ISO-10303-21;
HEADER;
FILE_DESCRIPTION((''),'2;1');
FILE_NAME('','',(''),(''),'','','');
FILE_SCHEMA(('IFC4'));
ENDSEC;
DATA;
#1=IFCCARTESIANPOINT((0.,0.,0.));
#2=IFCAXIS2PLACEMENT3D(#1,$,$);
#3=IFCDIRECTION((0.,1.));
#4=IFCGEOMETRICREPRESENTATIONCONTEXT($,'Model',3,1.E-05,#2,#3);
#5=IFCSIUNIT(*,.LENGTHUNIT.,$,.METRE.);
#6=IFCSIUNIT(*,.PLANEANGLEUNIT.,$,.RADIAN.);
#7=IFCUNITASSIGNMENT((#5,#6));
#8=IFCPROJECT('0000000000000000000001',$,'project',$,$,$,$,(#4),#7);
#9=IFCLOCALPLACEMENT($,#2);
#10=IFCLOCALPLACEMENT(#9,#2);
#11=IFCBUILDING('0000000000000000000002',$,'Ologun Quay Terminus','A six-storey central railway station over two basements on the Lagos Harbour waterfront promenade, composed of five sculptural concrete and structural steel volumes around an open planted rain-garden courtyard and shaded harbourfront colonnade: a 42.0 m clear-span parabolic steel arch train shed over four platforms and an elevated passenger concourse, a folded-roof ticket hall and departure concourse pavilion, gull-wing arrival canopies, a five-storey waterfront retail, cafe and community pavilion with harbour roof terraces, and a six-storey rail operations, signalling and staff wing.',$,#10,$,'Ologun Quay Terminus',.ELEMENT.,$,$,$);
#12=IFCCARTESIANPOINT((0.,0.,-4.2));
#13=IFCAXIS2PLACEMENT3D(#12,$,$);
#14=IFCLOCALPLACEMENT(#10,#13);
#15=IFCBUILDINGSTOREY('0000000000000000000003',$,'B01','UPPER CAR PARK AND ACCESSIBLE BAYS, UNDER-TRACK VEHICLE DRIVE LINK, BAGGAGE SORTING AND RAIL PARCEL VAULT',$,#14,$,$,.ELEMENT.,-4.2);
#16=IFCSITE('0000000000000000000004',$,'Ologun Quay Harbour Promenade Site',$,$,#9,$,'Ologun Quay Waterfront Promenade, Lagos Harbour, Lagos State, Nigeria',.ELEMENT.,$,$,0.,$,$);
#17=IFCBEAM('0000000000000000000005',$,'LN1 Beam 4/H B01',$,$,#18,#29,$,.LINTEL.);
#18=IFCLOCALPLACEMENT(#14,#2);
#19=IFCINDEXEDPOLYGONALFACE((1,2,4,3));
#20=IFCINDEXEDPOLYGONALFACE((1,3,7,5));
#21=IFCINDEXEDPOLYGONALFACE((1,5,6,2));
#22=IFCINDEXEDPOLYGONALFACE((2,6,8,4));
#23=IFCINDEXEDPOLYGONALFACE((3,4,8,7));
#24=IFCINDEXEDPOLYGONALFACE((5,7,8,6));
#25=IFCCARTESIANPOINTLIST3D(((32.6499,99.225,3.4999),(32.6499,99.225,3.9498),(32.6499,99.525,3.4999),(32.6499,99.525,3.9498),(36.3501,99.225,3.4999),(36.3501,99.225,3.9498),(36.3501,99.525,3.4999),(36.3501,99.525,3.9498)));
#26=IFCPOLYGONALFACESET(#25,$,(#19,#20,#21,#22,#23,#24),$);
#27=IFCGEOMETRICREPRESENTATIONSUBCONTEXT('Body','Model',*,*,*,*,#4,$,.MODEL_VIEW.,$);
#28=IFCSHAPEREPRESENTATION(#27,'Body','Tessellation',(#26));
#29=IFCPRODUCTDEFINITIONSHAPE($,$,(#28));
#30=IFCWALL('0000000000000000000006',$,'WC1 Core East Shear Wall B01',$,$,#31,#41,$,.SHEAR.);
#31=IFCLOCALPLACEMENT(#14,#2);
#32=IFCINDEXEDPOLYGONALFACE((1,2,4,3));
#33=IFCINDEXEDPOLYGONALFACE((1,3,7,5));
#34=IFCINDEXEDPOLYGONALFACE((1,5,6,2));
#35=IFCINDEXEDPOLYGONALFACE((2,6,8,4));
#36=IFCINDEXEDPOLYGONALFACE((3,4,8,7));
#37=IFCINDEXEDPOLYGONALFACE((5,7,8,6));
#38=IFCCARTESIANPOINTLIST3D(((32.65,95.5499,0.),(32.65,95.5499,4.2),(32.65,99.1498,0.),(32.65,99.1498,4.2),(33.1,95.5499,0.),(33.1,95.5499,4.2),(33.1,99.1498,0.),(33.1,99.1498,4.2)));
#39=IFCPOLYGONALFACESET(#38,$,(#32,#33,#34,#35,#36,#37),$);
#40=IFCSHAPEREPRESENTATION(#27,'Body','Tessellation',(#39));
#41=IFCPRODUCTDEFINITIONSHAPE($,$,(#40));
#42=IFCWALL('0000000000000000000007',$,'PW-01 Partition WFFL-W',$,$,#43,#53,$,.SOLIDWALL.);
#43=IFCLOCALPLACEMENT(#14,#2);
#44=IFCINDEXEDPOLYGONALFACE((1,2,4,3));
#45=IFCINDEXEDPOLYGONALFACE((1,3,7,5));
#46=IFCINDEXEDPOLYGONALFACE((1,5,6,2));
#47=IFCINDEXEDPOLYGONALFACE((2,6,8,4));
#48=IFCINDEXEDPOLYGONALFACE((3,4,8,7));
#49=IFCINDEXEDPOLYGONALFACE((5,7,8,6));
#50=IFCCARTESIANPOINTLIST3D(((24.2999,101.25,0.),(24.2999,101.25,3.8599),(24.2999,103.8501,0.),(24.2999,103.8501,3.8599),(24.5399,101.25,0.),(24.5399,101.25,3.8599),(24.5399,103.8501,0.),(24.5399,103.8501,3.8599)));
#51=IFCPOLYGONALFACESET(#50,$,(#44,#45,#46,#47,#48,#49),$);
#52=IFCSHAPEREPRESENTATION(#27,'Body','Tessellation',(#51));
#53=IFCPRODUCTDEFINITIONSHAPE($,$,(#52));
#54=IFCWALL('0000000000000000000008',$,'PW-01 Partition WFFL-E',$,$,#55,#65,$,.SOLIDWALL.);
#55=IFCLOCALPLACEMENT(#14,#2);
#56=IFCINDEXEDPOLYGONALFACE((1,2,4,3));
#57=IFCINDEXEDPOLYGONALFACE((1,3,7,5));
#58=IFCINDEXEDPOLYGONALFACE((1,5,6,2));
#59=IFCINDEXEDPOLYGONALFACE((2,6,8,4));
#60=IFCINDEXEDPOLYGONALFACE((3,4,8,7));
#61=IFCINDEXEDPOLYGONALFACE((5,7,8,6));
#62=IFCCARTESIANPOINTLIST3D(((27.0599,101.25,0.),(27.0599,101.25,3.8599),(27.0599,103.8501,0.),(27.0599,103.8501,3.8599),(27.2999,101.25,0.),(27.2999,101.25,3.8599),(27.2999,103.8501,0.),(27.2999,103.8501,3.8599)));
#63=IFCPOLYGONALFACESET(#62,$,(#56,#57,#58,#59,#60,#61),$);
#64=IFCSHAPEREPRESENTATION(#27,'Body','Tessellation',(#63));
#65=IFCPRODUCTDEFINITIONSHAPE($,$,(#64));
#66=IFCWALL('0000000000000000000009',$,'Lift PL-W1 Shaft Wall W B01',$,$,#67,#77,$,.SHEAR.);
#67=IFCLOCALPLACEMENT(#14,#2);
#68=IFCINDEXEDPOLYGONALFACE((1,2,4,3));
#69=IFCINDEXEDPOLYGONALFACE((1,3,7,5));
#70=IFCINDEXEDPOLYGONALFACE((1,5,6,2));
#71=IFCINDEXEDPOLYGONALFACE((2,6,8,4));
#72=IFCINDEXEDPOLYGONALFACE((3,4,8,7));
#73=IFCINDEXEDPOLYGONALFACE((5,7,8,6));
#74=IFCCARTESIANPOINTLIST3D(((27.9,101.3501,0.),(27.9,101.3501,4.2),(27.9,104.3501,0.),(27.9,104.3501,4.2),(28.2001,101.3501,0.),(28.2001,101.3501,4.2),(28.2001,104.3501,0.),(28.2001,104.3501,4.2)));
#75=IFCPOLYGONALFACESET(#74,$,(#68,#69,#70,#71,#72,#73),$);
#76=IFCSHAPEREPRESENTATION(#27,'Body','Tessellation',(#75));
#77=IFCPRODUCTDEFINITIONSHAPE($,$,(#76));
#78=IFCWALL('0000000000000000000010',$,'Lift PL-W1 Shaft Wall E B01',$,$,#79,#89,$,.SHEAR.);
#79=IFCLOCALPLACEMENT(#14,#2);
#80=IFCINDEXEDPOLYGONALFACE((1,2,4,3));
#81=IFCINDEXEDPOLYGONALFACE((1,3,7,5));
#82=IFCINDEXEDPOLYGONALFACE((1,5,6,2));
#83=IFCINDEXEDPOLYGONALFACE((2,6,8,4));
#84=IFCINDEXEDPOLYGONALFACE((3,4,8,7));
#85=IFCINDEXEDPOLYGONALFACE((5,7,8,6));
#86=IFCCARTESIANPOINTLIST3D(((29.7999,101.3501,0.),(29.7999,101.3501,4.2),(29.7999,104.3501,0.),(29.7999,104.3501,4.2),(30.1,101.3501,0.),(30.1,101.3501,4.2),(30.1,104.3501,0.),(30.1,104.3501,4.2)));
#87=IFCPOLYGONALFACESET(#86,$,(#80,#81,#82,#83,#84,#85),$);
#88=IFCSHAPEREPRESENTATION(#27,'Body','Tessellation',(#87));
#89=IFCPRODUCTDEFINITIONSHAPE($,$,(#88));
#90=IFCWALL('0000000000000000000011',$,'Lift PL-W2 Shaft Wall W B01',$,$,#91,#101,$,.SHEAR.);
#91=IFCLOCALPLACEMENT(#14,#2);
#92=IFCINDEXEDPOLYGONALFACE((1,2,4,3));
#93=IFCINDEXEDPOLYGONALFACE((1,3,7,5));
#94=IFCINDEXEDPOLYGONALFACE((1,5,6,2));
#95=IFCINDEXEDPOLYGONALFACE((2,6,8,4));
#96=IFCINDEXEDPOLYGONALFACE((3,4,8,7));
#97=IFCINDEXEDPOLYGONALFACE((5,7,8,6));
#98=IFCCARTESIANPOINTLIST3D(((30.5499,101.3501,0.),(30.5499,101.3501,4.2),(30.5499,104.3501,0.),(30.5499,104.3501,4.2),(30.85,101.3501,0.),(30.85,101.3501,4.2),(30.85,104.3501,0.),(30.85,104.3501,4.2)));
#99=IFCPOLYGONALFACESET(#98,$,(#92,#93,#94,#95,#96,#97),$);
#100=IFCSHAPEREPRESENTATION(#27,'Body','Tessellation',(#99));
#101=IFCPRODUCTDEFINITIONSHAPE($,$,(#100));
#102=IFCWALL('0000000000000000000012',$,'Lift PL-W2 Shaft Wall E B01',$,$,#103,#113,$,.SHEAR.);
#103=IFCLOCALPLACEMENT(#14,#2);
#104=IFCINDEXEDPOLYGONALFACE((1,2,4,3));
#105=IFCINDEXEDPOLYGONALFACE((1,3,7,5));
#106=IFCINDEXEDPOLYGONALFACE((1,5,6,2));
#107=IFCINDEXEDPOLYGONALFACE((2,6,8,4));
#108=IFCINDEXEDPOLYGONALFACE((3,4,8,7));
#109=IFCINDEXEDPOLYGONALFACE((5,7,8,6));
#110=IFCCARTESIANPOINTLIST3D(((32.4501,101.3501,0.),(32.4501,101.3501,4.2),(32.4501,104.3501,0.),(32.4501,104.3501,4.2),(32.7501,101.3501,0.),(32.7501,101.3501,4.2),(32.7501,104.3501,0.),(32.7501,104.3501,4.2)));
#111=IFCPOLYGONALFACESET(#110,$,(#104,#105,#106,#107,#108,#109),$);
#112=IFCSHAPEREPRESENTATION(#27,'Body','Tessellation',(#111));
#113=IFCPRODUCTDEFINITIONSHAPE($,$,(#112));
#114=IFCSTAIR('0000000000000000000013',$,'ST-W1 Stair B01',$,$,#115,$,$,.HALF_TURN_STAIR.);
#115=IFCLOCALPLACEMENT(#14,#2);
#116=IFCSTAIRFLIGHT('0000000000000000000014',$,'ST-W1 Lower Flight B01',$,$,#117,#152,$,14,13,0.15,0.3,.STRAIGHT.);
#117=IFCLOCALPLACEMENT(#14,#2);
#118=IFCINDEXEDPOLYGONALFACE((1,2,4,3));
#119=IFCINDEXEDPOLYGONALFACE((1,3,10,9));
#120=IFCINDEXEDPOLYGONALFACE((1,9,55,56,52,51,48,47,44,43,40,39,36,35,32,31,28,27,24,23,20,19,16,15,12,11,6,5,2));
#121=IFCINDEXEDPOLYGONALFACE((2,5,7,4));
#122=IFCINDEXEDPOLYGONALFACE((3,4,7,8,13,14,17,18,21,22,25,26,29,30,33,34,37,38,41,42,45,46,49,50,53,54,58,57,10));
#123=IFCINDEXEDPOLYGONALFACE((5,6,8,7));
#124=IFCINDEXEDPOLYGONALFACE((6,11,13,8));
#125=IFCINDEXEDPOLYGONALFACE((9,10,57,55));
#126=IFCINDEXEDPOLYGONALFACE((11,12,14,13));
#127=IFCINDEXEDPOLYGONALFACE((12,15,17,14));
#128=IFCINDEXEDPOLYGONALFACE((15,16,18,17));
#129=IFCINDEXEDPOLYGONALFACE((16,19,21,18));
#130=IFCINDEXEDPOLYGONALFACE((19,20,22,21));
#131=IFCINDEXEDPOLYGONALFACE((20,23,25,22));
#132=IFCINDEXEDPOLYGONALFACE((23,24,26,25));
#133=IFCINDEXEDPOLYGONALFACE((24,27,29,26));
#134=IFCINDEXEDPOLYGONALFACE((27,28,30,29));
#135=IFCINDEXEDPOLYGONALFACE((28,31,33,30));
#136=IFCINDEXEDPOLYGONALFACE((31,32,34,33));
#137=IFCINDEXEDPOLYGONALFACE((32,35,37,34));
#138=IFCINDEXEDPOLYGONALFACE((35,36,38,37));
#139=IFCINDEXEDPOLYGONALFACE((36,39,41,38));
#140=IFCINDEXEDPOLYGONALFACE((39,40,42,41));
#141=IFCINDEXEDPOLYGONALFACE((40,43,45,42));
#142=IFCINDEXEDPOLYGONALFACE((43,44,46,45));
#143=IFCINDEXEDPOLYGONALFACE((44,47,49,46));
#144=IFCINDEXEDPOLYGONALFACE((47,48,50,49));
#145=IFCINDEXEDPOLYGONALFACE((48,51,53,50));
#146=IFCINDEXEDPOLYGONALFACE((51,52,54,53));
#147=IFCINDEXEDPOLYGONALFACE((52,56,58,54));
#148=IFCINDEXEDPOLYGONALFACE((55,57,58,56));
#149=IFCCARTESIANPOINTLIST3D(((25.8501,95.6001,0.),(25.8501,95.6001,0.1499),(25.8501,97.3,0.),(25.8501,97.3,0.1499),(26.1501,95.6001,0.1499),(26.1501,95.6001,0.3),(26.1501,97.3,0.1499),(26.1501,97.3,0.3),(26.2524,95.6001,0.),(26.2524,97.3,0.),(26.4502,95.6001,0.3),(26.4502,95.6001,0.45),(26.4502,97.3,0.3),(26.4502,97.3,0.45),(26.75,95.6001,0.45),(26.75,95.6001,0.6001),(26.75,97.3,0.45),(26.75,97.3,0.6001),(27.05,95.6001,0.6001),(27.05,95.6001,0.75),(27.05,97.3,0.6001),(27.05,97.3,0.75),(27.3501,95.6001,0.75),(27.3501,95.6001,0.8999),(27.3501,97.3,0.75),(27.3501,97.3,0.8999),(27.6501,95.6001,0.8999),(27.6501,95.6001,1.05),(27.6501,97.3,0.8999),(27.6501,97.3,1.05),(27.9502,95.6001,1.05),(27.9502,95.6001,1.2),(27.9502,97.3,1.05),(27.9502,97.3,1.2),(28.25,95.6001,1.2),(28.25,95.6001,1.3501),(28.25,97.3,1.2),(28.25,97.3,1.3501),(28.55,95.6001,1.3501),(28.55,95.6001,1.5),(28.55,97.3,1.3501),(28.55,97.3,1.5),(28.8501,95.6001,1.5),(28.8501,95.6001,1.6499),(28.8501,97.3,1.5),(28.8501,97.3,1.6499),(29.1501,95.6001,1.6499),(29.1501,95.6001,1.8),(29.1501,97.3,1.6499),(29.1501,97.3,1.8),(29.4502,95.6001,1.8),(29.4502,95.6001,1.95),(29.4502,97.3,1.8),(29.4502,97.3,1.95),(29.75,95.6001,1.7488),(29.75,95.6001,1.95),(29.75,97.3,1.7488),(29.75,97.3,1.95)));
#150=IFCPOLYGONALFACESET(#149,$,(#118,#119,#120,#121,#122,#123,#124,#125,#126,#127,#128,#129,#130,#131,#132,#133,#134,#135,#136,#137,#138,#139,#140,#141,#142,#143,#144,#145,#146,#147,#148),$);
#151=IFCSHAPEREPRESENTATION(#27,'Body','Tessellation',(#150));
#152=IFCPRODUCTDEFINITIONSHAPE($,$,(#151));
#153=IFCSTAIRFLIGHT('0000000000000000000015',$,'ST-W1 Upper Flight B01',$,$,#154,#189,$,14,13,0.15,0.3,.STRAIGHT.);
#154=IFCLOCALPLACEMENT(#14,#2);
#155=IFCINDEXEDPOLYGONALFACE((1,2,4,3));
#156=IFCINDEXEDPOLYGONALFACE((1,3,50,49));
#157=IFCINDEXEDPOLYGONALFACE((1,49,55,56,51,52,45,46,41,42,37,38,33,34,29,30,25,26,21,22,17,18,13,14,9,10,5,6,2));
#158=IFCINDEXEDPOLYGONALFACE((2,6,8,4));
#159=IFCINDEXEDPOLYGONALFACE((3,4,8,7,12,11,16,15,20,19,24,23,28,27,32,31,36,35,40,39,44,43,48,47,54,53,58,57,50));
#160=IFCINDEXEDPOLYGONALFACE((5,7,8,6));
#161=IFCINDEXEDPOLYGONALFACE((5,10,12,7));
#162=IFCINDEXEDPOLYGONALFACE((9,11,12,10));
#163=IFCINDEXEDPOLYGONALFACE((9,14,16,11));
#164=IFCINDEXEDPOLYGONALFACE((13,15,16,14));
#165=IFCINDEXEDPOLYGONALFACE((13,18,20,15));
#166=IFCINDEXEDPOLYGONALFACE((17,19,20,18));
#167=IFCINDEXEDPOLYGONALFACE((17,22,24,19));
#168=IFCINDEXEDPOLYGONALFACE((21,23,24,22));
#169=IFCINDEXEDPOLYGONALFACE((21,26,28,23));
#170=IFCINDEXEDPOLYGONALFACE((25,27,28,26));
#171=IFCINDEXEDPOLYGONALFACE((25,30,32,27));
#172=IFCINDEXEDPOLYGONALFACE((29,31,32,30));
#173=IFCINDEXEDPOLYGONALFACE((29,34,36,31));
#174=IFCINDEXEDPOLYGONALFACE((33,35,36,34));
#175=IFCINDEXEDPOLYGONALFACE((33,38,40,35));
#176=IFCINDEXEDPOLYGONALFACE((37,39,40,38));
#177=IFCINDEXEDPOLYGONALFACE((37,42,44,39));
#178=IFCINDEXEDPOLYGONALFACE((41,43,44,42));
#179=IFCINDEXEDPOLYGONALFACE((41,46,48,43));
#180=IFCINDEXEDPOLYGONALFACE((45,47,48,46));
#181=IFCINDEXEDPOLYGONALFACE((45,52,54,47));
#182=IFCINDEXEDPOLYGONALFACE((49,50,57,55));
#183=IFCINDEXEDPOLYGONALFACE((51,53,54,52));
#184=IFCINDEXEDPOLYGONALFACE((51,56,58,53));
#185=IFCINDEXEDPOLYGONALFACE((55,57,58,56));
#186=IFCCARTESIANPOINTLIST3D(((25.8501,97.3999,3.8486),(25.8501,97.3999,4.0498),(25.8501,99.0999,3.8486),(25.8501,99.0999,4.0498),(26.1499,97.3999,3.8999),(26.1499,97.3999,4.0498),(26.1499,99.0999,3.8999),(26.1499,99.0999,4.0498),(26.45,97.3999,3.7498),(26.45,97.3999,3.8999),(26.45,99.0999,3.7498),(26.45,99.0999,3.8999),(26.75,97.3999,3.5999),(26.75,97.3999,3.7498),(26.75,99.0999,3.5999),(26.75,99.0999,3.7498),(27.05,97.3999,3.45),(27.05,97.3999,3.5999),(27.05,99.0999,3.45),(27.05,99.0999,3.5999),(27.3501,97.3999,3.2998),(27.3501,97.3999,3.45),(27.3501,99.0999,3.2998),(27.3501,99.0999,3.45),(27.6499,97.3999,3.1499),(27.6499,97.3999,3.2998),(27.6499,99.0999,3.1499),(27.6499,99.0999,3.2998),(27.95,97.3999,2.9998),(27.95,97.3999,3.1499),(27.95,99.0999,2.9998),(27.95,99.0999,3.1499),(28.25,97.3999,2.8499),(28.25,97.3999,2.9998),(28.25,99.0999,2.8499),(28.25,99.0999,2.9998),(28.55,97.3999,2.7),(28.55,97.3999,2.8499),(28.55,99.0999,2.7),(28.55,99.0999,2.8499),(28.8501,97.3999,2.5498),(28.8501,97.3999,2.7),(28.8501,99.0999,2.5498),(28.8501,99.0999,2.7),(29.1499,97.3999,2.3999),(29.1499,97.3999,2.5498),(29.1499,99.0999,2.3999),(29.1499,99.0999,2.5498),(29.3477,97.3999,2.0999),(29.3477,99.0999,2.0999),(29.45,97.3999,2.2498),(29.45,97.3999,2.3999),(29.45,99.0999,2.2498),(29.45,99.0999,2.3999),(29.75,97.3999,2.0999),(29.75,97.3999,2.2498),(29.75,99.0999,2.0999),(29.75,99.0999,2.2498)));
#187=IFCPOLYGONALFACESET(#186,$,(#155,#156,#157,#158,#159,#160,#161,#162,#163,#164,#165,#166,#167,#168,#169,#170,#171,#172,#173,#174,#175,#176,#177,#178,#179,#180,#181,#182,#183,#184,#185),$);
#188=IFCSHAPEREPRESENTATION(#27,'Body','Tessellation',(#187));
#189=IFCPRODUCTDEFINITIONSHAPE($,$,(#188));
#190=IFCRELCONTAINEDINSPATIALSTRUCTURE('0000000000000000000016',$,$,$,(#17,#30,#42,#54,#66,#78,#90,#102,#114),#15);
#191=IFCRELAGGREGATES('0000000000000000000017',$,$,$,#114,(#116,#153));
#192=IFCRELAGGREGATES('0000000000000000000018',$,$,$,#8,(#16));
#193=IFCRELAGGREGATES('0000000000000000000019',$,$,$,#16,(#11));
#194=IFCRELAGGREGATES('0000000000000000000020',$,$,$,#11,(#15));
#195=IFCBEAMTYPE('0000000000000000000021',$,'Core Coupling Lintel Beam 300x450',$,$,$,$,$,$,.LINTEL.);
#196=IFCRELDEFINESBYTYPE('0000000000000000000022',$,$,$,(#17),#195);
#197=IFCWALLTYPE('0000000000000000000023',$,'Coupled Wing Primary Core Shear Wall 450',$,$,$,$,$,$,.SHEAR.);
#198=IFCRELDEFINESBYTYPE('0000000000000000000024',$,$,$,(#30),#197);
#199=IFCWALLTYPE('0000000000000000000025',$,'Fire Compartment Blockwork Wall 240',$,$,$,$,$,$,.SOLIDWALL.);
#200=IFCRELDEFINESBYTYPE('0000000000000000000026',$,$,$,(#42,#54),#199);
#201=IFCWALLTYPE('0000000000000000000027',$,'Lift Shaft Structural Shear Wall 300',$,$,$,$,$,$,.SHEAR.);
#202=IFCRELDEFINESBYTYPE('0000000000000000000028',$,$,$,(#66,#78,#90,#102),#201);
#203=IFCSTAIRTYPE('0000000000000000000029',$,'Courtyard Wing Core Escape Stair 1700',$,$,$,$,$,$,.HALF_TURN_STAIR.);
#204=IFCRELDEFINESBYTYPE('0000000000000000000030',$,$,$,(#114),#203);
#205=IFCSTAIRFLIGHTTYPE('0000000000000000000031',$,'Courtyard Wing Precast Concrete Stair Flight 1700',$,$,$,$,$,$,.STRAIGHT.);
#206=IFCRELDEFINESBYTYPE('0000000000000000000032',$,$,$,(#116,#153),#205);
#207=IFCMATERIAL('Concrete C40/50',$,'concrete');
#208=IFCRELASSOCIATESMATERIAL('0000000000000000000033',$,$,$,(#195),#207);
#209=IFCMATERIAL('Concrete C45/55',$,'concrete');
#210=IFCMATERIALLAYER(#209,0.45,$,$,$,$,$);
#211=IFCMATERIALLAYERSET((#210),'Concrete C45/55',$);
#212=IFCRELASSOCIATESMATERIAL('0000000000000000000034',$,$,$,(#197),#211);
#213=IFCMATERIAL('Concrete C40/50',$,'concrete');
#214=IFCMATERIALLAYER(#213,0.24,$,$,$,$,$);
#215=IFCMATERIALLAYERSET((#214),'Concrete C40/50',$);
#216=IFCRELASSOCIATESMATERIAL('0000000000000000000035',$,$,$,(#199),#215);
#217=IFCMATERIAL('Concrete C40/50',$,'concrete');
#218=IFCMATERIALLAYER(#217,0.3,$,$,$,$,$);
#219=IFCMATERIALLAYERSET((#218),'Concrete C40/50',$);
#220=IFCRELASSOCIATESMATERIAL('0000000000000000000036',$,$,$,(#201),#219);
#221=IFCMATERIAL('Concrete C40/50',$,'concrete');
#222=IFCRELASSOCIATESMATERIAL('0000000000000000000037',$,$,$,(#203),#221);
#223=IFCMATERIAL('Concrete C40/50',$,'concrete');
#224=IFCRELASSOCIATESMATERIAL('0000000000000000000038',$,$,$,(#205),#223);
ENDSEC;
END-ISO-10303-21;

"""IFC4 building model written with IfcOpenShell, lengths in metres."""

from ifc_helpers import new_model, si_unit, direction, frame, frame_2d, origin, origin_2d, place, context, subcontext, project, spatial, polyline, rectangle, outline, extrude, material, layer, layer_set, material_profile, profile_set, type_object, element, aggregate, save


model = new_model("IFC4")

# Units and contexts
model_context = context("Model", 3, precision=1e-05, world=origin(), true_north=direction((0.0, 1.0)))
body_context = subcontext(model_context, "Body", "Model", "MODEL_VIEW")
ifc_project = project(units=[si_unit("LENGTHUNIT", "METRE"), si_unit("PLANEANGLEUNIT", "RADIAN")], contexts=[model_context])

# Site, building, storey
site_placement = place(None, origin())
site = spatial("IfcSite", under=ifc_project, at=site_placement, Name="Ologun Quay Harbour Promenade Site", LongName="Ologun Quay Waterfront Promenade, Lagos Harbour, Lagos State, Nigeria", CompositionType="ELEMENT", RefElevation=0.0)
building_placement = place(site_placement, origin())
building = spatial("IfcBuilding", under=site, at=building_placement, Name="Ologun Quay Terminus", Description="A six-storey central railway station over two basements on the Lagos Harbour waterfront promenade, composed of five sculptural concrete and structural steel volumes around an open planted rain-garden courtyard and shaded harbourfront colonnade: a 42.0 m clear-span parabolic steel arch train shed over four platforms and an elevated passenger concourse, a folded-roof ticket hall and departure concourse pavilion, gull-wing arrival canopies, a five-storey waterfront retail, cafe and community pavilion with harbour roof terraces, and a six-storey rail operations, signalling and staff wing.", LongName="Ologun Quay Terminus", CompositionType="ELEMENT")
storey_placement = place(building_placement, frame((0.0, 0.0, -4.2)))
storey = spatial("IfcBuildingStorey", under=building, at=storey_placement, Name="B01", Description="UPPER CAR PARK AND ACCESSIBLE BAYS, UNDER-TRACK VEHICLE DRIVE LINK, BAGGAGE SORTING AND RAIL PARCEL VAULT", CompositionType="ELEMENT", Elevation=-4.2)

# Beam
ifc_material_1 = material(Name="Concrete C40/50", Category="concrete")
ifc_material_profile = material_profile(ifc_material_1, rectangle(XDim=0.3, YDim=0.45, at=origin_2d()), Name="RC 300x450")
ifc_profile_set = profile_set([ifc_material_profile], Name="Concrete C40/50")
beam_type = type_object("IfcBeamType", Name="Core Coupling Lintel Beam 300x450", PredefinedType="LINTEL", material=ifc_profile_set)
beam_placement = place(storey_placement, frame((32.6499, 99.375, 3.7249), z_axis=(1.0, 0.0, 0.0), x_axis=(0.0, 1.0, 0.0)))
element("IfcBeam", 1, at=beam_placement, inside=storey, type_object=beam_type, Name="LN1 Beam 4/H B01", PredefinedType="LINTEL", context=body_context, shape_type="SweptSolid", body=[
    extrude(rectangle(XDim=0.3, YDim=0.45, at=origin_2d()), origin(), (0.0, 0.0, 1.0), 3.7002),
])

# Shared definitions
ifc_material_2 = material(Name="Concrete C45/55", Category="concrete")
ifc_layer_1 = layer(ifc_material_2, 0.45)
ifc_layer_set_1 = layer_set([ifc_layer_1], Name="Concrete C45/55")
wall_type_1 = type_object("IfcWallType", Name="Coupled Wing Primary Core Shear Wall 450", PredefinedType="SHEAR", material=ifc_layer_set_1)

# Wall
wall_1_placement = place(storey_placement, frame((32.875, 95.55, 0.0), z_axis=(0.0, 0.0, 1.0), x_axis=(0.0, 1.0, 0.0)))
element("IfcWall", 2, at=wall_1_placement, inside=storey, type_object=wall_type_1, Name="WC1 Core East Shear Wall B01", PredefinedType="SHEAR", context=body_context, shape_type="SweptSolid", body=[
    extrude(rectangle(XDim=3.5999, YDim=0.45, at=frame_2d((1.7998, 0.0))), origin(), (0.0, 0.0, 1.0), 4.2),
])

# Shared definitions
ifc_material_3 = material(Name="Concrete C40/50", Category="concrete")
ifc_layer_2 = layer(ifc_material_3, 0.24)
ifc_layer_set_2 = layer_set([ifc_layer_2], Name="Concrete C40/50")
wall_type_2 = type_object("IfcWallType", Name="Fire Compartment Blockwork Wall 240", PredefinedType="SOLIDWALL", material=ifc_layer_set_2)

# Walls
for number, where, z_axis, x_axis, name in (
    (3, (24.4199, 101.25, 0.0), (0.0, 0.0, 1.0), (0.0, 1.0, 0.0), "PW-01 Partition WFFL-W"),
    (4, (27.1799, 101.25, 0.0), (0.0, 0.0, 1.0), (0.0, 1.0, 0.0), "PW-01 Partition WFFL-E"),
):
    element("IfcWall", number, at=place(storey_placement, frame(where, z_axis=z_axis, x_axis=x_axis)), inside=storey, type_object=wall_type_2, Name=name, PredefinedType="SOLIDWALL", context=body_context, shape_type="SweptSolid", body=[
        extrude(rectangle(XDim=2.6001, YDim=0.24, at=frame_2d((1.3, 0.0))), origin(), (0.0, 0.0, 1.0), 3.8599),
    ])

# Shared definitions
ifc_material_4 = material(Name="Concrete C40/50", Category="concrete")
ifc_layer_3 = layer(ifc_material_4, 0.3)
ifc_layer_set_3 = layer_set([ifc_layer_3], Name="Concrete C40/50")
wall_type_3 = type_object("IfcWallType", Name="Lift Shaft Structural Shear Wall 300", PredefinedType="SHEAR", material=ifc_layer_set_3)

# Walls
for number, where, z_axis, x_axis, name in (
    (5, (28.05, 101.3501, 0.0), (0.0, 0.0, 1.0), (0.0, 1.0, 0.0), "Lift PL-W1 Shaft Wall W B01"),
    (6, (29.95, 101.3501, 0.0), (0.0, 0.0, 1.0), (0.0, 1.0, 0.0), "Lift PL-W1 Shaft Wall E B01"),
):
    element("IfcWall", number, at=place(storey_placement, frame(where, z_axis=z_axis, x_axis=x_axis)), inside=storey, type_object=wall_type_3, Name=name, PredefinedType="SHEAR", context=body_context, shape_type="SweptSolid", body=[
        extrude(rectangle(XDim=3.0, YDim=0.3, at=frame_2d((1.5, 0.0))), origin(), (0.0, 0.0, 1.0), 4.2),
    ])

# Walls
for number, where, z_axis, x_axis, name in (
    (7, (30.7, 101.3501, 0.0), (0.0, 0.0, 1.0), (0.0, 1.0, 0.0), "Lift PL-W2 Shaft Wall W B01"),
    (8, (32.6001, 101.3501, 0.0), (0.0, 0.0, 1.0), (0.0, 1.0, 0.0), "Lift PL-W2 Shaft Wall E B01"),
):
    element("IfcWall", number, at=place(storey_placement, frame(where, z_axis=z_axis, x_axis=x_axis)), inside=storey, type_object=wall_type_3, Name=name, PredefinedType="SHEAR", context=body_context, shape_type="SweptSolid", body=[
        extrude(rectangle(XDim=3.0, YDim=0.3, at=frame_2d((1.5, 0.0))), origin(), (0.0, 0.0, 1.0), 4.2),
    ])

# Stair, stair flights
ifc_material_5 = material(Name="Concrete C40/50", Category="concrete")
stair_type = type_object("IfcStairType", Name="Courtyard Wing Core Escape Stair 1700", PredefinedType="HALF_TURN_STAIR", material=ifc_material_5)
stair_placement = place(storey_placement, origin())
stair = element("IfcStair", 9, at=stair_placement, inside=storey, type_object=stair_type, Name="ST-W1 Stair B01", PredefinedType="HALF_TURN_STAIR")
ifc_material_6 = material(Name="Concrete C40/50", Category="concrete")
stair_flight_type = type_object("IfcStairFlightType", Name="Courtyard Wing Precast Concrete Stair Flight 1700", PredefinedType="STRAIGHT", material=ifc_material_6)
stair_flight_1_placement = place(storey_placement, frame((25.8501, 96.45, 0.0), z_axis=(0.0, 0.0, 1.0), x_axis=(1.0, 0.0, 0.0)))
stair_flight_1 = element("IfcStairFlight", 10, at=stair_flight_1_placement, type_object=stair_flight_type, Name="ST-W1 Lower Flight B01", NumberOfRisers=14, NumberOfTreads=13, PredefinedType="STRAIGHT", RiserHeight=0.15, TreadLength=0.3, context=body_context, shape_type="SweptSolid", body=[
    extrude(outline(polyline([(0.0, 0.0), (0.0, 0.1499), (0.3, 0.1499), (0.3, 0.3), (0.6001, 0.3), (0.6001, 0.45), (0.8999, 0.45), (0.8999, 0.6001), (1.2, 0.6001), (1.2, 0.75), (1.5, 0.75), (1.5, 0.8999), (1.8, 0.8999), (1.8, 1.05), (2.1001, 1.05), (2.1001, 1.2), (2.3999, 1.2), (2.3999, 1.3501), (2.7, 1.3501), (2.7, 1.5), (3.0, 1.5), (3.0, 1.6499), (3.3, 1.6499), (3.3, 1.8), (3.6001, 1.8), (3.6001, 1.95), (3.8999, 1.95), (3.8999, 2.1001), (3.8999, 1.7488), (0.4023, 0.0), (0.0, 0.0)])), frame((0.0, 0.8501, 0.0), z_axis=(0.0, -1.0, 0.0), x_axis=(1.0, 0.0, 0.0)), (0.0, 0.0, 1.0), 1.7),
])
stair_flight_2_placement = place(storey_placement, frame((29.75, 98.25, 2.0999), z_axis=(0.0, 0.0, 1.0), x_axis=(-1.0, 0.0, 0.0)))
stair_flight_2 = element("IfcStairFlight", 11, at=stair_flight_2_placement, type_object=stair_flight_type, Name="ST-W1 Upper Flight B01", NumberOfRisers=14, NumberOfTreads=13, PredefinedType="STRAIGHT", RiserHeight=0.15, TreadLength=0.3, context=body_context, shape_type="SweptSolid", body=[
    extrude(outline(polyline([(0.0, 0.0), (0.0, 0.1499), (0.3, 0.1499), (0.3, 0.3), (0.6001, 0.3), (0.6001, 0.45), (0.8999, 0.45), (0.8999, 0.6001), (1.2, 0.6001), (1.2, 0.75), (1.5, 0.75), (1.5, 0.8999), (1.8, 0.8999), (1.8, 1.05), (2.1001, 1.05), (2.1001, 1.2), (2.3999, 1.2), (2.3999, 1.3501), (2.7, 1.3501), (2.7, 1.5), (3.0, 1.5), (3.0, 1.6499), (3.3, 1.6499), (3.3, 1.8), (3.6001, 1.8), (3.6001, 1.95), (3.8999, 1.95), (3.8999, 2.1001), (3.8999, 1.7488), (0.4023, 0.0), (0.0, 0.0)])), frame((0.0, 0.8501, 0.0), z_axis=(0.0, -1.0, 0.0), x_axis=(1.0, 0.0, 0.0)), (0.0, 0.0, 1.0), 1.7),
])
aggregate(stair, [stair_flight_1, stair_flight_2])

save(model, "model.ifc")
